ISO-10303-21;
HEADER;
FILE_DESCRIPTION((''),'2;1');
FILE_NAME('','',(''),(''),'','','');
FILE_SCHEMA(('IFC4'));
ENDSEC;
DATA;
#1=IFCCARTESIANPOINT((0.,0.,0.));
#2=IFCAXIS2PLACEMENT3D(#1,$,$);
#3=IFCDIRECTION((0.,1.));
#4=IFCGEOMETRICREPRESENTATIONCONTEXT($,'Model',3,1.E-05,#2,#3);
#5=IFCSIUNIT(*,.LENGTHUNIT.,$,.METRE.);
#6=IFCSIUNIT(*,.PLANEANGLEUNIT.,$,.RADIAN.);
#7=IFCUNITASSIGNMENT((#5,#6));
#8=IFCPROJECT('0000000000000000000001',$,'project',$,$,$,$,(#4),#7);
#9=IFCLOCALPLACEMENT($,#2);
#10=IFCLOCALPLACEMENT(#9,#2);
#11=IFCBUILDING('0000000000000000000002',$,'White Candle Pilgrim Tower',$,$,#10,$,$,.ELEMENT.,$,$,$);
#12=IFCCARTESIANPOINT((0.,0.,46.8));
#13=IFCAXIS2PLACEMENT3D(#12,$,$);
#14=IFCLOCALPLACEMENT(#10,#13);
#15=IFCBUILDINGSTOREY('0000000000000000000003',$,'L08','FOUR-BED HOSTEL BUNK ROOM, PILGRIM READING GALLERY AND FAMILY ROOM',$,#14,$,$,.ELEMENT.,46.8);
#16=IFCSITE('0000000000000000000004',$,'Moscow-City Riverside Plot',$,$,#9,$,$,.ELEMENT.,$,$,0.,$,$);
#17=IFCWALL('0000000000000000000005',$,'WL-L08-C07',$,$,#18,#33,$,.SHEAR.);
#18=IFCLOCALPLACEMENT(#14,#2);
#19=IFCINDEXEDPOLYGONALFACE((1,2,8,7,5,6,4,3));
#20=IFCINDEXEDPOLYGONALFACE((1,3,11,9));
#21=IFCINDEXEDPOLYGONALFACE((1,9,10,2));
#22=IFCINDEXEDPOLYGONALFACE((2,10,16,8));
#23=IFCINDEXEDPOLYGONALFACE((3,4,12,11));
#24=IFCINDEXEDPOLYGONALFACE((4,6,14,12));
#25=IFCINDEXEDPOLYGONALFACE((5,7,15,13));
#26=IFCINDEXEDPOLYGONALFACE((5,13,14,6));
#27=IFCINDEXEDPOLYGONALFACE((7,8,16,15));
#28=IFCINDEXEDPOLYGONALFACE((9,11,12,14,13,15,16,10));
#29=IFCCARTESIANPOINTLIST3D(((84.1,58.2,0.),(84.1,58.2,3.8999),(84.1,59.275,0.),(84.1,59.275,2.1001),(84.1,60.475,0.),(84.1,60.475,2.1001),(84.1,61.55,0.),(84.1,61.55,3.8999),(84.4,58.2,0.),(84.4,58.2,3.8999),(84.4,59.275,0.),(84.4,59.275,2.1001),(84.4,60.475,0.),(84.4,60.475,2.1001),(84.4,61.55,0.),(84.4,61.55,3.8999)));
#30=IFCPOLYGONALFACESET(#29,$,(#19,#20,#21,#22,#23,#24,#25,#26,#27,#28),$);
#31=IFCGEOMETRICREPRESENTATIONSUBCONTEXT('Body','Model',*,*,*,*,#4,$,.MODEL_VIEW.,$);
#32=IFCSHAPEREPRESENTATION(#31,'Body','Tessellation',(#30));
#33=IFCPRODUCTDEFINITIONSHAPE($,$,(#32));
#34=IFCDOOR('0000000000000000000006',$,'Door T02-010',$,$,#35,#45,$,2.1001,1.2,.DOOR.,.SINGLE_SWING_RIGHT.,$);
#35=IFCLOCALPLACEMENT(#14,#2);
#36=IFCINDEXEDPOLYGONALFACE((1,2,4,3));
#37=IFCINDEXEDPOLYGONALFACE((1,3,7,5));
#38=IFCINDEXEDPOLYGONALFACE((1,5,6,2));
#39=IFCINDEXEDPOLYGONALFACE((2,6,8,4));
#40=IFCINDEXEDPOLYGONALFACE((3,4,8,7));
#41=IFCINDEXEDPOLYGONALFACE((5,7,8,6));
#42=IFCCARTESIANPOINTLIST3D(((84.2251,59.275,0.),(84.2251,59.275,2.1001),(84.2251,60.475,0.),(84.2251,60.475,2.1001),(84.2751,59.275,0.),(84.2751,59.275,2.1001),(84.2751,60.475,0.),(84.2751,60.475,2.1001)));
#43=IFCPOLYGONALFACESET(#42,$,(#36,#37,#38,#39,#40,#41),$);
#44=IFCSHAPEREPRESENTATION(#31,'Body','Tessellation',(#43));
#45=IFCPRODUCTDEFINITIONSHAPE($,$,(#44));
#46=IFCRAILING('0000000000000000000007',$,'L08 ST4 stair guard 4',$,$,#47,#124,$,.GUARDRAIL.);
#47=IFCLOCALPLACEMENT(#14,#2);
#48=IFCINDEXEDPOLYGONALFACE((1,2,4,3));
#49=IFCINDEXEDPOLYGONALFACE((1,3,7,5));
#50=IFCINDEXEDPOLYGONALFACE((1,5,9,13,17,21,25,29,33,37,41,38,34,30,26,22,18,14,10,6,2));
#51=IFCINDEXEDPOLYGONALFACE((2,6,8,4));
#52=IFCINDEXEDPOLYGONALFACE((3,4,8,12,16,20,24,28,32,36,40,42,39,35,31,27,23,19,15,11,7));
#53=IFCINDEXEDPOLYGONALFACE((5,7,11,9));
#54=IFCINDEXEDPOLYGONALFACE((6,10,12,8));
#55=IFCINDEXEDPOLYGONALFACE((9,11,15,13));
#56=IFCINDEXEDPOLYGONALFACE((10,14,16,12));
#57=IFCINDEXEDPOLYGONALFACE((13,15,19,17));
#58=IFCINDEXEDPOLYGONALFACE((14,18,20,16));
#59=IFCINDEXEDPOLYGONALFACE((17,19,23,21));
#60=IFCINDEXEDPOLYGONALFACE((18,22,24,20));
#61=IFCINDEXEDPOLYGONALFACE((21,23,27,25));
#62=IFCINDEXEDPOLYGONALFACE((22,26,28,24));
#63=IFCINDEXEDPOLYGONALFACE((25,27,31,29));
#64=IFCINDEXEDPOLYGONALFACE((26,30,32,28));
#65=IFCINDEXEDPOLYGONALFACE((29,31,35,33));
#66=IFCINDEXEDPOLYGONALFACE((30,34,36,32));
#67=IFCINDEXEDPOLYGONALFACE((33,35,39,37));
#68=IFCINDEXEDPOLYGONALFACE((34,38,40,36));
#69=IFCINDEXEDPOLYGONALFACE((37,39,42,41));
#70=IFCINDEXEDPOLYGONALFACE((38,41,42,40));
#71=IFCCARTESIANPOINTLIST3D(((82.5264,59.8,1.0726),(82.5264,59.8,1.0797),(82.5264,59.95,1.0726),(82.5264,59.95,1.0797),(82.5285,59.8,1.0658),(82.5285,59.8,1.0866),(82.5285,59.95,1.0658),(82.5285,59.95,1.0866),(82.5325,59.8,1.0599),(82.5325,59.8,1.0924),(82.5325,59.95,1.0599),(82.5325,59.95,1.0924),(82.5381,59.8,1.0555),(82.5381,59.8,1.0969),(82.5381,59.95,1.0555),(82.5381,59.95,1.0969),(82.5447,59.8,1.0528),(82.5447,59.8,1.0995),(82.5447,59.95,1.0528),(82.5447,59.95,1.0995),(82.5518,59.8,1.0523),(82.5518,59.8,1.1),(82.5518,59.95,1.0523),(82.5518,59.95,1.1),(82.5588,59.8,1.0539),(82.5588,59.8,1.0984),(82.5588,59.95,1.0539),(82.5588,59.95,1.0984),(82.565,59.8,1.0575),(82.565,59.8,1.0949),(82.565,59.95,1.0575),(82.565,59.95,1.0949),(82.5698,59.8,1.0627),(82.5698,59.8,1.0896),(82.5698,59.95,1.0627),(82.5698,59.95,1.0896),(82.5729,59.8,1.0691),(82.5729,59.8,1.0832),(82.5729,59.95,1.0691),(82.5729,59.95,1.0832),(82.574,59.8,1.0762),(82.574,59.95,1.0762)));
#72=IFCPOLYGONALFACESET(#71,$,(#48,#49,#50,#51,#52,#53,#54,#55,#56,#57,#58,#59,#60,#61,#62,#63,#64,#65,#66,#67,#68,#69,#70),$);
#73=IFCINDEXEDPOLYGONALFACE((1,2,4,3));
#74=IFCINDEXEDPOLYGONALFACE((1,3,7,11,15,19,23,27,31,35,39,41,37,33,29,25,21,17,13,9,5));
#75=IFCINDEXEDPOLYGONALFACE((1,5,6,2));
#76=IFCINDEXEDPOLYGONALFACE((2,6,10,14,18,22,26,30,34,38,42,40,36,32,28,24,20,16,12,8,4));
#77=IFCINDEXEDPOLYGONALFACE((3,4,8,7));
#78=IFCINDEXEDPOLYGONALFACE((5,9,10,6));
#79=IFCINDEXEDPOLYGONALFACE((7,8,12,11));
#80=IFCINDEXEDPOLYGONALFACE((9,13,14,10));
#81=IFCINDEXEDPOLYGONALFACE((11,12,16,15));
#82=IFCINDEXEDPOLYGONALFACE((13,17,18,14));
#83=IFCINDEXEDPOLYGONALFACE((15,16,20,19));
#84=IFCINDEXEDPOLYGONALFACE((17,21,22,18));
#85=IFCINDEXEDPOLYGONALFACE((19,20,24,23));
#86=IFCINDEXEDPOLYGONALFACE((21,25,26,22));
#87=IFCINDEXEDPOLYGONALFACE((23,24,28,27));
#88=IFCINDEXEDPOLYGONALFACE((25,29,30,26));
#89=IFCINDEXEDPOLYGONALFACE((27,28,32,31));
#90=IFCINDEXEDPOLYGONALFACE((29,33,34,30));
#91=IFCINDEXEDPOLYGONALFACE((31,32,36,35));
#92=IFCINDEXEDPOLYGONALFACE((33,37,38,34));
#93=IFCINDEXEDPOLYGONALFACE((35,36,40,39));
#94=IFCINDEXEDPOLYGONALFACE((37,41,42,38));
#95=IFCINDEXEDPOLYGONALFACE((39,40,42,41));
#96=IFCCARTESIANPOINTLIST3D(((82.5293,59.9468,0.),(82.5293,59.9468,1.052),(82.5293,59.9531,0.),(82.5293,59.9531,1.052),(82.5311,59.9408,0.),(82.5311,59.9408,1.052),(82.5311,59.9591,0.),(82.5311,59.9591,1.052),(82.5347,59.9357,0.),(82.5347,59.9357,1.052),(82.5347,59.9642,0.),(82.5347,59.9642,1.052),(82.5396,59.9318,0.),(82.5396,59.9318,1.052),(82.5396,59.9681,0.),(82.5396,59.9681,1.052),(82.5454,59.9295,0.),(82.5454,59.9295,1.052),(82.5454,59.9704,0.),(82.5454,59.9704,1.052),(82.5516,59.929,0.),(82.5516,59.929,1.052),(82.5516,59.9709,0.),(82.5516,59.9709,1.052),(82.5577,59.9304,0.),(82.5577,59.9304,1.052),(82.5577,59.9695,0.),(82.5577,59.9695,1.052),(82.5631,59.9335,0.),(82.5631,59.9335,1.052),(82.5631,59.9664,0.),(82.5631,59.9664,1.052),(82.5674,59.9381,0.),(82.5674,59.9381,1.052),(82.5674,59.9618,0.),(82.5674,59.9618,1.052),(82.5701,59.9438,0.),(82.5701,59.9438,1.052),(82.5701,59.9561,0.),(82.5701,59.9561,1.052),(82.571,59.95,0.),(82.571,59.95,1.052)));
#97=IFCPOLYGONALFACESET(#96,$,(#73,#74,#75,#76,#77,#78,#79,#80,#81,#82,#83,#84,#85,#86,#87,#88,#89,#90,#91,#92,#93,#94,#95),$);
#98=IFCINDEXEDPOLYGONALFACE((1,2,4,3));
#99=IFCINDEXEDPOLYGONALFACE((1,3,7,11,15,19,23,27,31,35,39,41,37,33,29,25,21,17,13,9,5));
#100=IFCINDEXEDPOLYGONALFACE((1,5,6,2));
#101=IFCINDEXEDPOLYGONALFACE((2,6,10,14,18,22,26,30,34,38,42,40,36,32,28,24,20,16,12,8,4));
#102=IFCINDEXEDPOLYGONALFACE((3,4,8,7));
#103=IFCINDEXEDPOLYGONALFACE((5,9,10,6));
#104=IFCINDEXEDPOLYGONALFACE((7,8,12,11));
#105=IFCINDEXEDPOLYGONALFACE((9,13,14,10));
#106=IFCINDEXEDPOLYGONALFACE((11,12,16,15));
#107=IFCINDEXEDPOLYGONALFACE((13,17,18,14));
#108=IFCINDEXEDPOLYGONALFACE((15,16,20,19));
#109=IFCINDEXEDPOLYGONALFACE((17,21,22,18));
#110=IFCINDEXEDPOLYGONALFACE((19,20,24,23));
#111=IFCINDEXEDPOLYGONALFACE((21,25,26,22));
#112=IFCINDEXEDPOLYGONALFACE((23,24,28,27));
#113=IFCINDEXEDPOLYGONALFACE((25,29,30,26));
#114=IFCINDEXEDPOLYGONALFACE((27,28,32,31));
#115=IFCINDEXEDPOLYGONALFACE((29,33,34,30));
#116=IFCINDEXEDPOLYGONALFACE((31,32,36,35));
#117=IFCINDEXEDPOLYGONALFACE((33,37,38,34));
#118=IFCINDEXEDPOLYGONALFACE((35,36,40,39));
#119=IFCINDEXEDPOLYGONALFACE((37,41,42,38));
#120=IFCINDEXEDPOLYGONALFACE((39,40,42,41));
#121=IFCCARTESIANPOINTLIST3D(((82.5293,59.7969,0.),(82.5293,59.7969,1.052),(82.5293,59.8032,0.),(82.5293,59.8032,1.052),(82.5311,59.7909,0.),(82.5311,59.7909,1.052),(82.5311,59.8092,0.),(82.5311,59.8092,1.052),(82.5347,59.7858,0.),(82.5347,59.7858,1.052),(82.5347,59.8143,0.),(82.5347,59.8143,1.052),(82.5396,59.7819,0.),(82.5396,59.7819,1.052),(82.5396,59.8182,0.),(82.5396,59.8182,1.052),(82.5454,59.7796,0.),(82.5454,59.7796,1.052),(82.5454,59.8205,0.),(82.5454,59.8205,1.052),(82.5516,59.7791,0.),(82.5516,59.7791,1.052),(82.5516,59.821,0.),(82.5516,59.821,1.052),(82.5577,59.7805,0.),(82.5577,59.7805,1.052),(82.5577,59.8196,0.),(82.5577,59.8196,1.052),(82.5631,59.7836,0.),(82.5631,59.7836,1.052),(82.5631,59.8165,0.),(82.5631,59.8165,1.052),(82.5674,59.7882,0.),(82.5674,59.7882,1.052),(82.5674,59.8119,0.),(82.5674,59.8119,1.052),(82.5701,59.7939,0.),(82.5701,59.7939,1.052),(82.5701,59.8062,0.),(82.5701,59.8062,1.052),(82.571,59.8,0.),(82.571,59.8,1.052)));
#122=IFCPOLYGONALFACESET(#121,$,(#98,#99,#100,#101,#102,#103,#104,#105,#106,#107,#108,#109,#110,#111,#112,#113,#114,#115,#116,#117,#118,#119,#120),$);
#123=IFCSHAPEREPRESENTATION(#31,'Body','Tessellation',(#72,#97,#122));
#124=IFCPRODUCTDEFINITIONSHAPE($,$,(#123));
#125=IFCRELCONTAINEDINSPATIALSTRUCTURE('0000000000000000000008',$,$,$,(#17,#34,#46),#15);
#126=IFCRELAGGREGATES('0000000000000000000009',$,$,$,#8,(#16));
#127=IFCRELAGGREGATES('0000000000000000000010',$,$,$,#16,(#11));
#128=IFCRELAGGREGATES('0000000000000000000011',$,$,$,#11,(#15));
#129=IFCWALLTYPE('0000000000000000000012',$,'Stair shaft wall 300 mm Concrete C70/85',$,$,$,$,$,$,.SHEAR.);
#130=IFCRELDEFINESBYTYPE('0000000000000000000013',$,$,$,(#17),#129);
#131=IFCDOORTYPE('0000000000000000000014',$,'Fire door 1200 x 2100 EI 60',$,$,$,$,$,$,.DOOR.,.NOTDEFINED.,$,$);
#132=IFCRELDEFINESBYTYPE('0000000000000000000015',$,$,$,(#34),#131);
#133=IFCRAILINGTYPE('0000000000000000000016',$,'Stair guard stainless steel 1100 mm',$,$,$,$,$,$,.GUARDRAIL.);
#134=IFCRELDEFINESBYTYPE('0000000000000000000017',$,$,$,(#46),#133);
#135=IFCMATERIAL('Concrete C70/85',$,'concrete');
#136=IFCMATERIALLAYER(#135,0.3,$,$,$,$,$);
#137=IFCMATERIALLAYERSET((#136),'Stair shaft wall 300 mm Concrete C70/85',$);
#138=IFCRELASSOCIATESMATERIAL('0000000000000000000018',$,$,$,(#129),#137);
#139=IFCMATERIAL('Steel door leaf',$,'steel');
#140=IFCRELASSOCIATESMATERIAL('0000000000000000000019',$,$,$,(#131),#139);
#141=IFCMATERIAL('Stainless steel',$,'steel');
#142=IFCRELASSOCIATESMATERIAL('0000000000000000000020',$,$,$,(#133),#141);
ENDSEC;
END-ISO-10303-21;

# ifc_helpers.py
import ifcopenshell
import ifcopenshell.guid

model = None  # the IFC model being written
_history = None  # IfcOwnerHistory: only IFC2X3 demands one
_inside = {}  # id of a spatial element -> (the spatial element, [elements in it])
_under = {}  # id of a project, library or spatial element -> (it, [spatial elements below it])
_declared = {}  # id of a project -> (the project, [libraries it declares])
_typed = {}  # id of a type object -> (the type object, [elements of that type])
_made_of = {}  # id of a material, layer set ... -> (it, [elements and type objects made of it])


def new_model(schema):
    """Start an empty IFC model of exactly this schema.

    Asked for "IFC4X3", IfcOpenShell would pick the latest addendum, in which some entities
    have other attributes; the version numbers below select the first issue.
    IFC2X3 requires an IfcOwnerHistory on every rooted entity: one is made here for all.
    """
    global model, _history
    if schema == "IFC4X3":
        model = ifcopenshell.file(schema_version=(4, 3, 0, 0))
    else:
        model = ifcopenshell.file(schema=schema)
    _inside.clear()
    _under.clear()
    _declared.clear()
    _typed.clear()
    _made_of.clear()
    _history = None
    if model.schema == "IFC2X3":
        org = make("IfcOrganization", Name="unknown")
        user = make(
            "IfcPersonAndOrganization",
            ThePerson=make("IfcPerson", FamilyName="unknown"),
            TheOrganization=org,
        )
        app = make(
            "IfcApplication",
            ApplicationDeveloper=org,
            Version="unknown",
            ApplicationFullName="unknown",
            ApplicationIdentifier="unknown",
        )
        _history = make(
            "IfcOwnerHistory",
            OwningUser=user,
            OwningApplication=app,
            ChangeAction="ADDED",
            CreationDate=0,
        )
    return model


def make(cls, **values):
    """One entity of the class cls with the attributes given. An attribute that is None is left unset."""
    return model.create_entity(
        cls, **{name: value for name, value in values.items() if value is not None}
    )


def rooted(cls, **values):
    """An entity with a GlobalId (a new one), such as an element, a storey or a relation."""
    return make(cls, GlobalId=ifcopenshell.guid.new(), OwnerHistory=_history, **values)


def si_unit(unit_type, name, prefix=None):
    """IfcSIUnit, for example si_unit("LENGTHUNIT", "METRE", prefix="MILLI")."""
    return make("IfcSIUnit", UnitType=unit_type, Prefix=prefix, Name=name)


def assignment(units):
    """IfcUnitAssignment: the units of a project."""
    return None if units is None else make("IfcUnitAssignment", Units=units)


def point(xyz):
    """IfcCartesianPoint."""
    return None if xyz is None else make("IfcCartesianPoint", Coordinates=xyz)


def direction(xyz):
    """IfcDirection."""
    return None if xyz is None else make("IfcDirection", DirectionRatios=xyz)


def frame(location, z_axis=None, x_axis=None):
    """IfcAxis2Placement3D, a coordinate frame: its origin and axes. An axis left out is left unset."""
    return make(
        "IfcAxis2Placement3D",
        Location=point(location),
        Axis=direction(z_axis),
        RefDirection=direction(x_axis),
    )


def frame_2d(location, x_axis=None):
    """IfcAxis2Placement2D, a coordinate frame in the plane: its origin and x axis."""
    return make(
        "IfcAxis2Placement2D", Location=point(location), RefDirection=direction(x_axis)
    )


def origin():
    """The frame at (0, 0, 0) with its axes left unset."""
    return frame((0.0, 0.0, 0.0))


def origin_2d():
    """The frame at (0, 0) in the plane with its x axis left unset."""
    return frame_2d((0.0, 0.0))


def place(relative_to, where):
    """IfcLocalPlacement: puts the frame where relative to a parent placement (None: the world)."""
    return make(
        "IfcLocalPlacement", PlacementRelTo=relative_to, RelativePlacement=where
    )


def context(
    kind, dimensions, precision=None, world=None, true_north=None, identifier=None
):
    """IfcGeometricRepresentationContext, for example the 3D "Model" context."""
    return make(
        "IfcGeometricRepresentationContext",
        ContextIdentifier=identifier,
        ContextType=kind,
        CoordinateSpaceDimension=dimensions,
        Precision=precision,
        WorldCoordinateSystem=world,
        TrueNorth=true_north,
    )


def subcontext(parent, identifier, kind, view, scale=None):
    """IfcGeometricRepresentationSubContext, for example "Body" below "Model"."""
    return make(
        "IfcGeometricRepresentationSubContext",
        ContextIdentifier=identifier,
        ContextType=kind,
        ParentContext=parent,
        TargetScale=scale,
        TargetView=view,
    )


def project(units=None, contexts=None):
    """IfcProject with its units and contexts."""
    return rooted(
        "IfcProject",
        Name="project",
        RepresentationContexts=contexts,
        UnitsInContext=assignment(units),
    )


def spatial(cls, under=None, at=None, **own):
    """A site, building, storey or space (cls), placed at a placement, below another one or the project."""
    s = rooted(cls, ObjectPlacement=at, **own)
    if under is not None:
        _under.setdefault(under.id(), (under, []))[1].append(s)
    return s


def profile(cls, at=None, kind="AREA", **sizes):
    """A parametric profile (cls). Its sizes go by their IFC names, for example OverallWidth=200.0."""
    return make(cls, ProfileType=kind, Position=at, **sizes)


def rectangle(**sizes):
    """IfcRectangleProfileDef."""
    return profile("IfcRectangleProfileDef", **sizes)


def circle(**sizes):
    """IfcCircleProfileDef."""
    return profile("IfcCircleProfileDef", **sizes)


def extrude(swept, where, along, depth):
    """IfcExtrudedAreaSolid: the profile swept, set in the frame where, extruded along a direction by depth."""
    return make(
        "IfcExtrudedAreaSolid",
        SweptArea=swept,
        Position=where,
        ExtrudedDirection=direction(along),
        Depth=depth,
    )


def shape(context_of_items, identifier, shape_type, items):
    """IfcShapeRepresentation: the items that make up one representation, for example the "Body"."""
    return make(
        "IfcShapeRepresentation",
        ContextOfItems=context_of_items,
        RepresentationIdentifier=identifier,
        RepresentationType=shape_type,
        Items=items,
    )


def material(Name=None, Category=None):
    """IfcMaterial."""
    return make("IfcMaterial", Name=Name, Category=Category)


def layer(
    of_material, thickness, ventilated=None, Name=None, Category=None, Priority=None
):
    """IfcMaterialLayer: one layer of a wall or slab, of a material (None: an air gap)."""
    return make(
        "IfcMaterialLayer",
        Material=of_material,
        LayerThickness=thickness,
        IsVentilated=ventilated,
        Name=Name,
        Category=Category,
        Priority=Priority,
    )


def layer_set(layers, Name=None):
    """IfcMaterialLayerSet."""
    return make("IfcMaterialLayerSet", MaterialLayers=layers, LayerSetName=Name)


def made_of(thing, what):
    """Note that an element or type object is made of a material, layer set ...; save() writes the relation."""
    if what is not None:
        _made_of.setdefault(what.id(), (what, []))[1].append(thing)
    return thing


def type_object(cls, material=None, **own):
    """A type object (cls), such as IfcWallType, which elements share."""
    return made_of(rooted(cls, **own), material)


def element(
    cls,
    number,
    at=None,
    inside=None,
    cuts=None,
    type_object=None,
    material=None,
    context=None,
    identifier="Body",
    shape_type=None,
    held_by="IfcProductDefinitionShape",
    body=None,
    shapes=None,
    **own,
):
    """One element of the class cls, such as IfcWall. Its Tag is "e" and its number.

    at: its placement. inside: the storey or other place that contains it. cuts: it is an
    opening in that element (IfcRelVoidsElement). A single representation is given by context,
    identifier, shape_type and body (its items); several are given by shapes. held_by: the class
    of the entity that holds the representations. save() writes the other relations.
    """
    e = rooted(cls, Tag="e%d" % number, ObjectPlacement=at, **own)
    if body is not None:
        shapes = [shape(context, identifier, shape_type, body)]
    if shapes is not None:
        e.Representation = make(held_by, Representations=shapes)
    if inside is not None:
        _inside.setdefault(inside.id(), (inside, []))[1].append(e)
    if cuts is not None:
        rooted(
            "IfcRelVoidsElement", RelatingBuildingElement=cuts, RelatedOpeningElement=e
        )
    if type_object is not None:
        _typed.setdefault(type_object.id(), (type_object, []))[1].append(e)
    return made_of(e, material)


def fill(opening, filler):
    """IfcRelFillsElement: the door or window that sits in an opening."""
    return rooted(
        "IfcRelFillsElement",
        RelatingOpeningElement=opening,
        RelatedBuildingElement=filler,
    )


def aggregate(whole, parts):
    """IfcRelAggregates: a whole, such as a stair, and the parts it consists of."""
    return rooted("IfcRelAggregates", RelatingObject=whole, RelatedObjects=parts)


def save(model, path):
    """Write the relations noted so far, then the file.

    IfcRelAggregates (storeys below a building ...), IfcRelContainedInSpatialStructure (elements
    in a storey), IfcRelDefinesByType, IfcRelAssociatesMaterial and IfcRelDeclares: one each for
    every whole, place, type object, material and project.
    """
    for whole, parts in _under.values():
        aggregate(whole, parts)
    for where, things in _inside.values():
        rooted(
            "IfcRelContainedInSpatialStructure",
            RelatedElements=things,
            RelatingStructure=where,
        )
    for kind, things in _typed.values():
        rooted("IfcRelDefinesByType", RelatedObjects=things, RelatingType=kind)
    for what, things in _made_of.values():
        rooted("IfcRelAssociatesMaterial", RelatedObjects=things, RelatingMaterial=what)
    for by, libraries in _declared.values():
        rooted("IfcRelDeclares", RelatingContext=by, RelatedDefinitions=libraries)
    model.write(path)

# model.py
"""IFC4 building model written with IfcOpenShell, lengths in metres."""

from ifc_helpers import new_model, si_unit, direction, frame, frame_2d, origin, origin_2d, place, context, subcontext, project, spatial, rectangle, circle, extrude, material, layer, layer_set, type_object, element, fill, save


model = new_model("IFC4")

# Units and contexts
model_context = context("Model", 3, precision=1e-05, world=origin(), true_north=direction((0.0, 1.0)))
body_context = subcontext(model_context, "Body", "Model", "MODEL_VIEW")
ifc_project = project(units=[si_unit("LENGTHUNIT", "METRE"), si_unit("PLANEANGLEUNIT", "RADIAN")], contexts=[model_context])

# Site, building, storey
site_placement = place(None, origin())
site = spatial("IfcSite", under=ifc_project, at=site_placement, Name="Moscow-City Riverside Plot", CompositionType="ELEMENT", RefElevation=0.0)
building_placement = place(site_placement, origin())
building = spatial("IfcBuilding", under=site, at=building_placement, Name="White Candle Pilgrim Tower", CompositionType="ELEMENT")
storey_placement = place(building_placement, frame((0.0, 0.0, 46.8)))
storey = spatial("IfcBuildingStorey", under=building, at=storey_placement, Name="L08", Description="FOUR-BED HOSTEL BUNK ROOM, PILGRIM READING GALLERY AND FAMILY ROOM", CompositionType="ELEMENT", Elevation=46.8)

# Shared definitions
ifc_material_1 = material(Name="Concrete C70/85", Category="concrete")

# Shared definitions
ifc_material_2 = material(Name="Steel door leaf", Category="steel")

# Wall, opening, door
ifc_layer_1 = layer(ifc_material_1, 0.3)
ifc_layer_set_1 = layer_set([ifc_layer_1], Name="Stair shaft wall 300 mm Concrete C70/85")
wall_type_1 = type_object("IfcWallType", Name="Stair shaft wall 300 mm Concrete C70/85", PredefinedType="SHEAR", material=ifc_layer_set_1)
wall_1_placement = place(storey_placement, frame((84.25, 58.2, 0.0), z_axis=(0.0, 0.0, 1.0), x_axis=(0.0, 1.0, 0.0)))
wall_1 = element("IfcWall", 1, at=wall_1_placement, inside=storey, type_object=wall_type_1, Name="WL-L08-C07", PredefinedType="SHEAR", context=body_context, shape_type="SweptSolid", body=[
    extrude(rectangle(XDim=3.3501, YDim=0.3, at=frame_2d((1.675, 0.0))), origin(), (0.0, 0.0, 1.0), 3.8999),
])
opening_1_placement = place(wall_1_placement, frame((1.075, 0.0, 0.0)))
opening_1 = element("IfcOpeningElement", 2, at=opening_1_placement, cuts=wall_1, PredefinedType="OPENING", context=body_context, shape_type="SweptSolid", body=[
    extrude(rectangle(XDim=1.2, YDim=2.1001, at=frame_2d((0.6001, 1.05))), frame((0.0, 0.1599, 0.0), z_axis=(0.0, -1.0, 0.0), x_axis=(1.0, 0.0, 0.0)), (0.0, 0.0, 1.0), 0.3201),
])
door_type_1 = type_object("IfcDoorType", Name="Fire door 1200 x 2100 EI 60", OperationType="NOTDEFINED", PredefinedType="DOOR", material=ifc_material_2)
door_1_placement = place(opening_1_placement, origin())
door_1 = element("IfcDoor", 3, at=door_1_placement, inside=storey, type_object=door_type_1, Name="Door T02-010", OperationType="SINGLE_SWING_RIGHT", OverallHeight=2.1001, OverallWidth=1.2, PredefinedType="DOOR", context=body_context, shape_type="SweptSolid", body=[
    extrude(rectangle(XDim=1.2, YDim=2.1001, at=frame_2d((0.6001, 1.05))), frame((0.0, 0.0249, 0.0), z_axis=(0.0, -1.0, 0.0), x_axis=(1.0, 0.0, 0.0)), (0.0, 0.0, 1.0), 0.05),
])
fill(opening_1, door_1)

# Railing
ifc_material_3 = material(Name="Stainless steel", Category="steel")
railing_type = type_object("IfcRailingType", Name="Stair guard stainless steel 1100 mm", PredefinedType="GUARDRAIL", material=ifc_material_3)
railing_placement = place(storey_placement, frame((82.55, 59.95, 0.0)))
element("IfcRailing", 4, at=railing_placement, inside=storey, type_object=railing_type, Name="L08 ST4 stair guard 4", PredefinedType="GUARDRAIL", context=body_context, shape_type="SweptSolid", body=[
    extrude(circle(Radius=0.0239, at=origin_2d()), frame((0.0, 0.0, 1.0762), z_axis=(0.0, -1.0, 0.0), x_axis=(1.0, 0.0, 0.0)), (0.0, 0.0, 1.0), 0.1499),
    extrude(circle(Radius=0.021, at=origin_2d()), origin(), (0.0, 0.0, 1.0), 1.052),
    extrude(circle(Radius=0.021, at=origin_2d()), frame((0.0, -0.1499, 0.0)), (0.0, 0.0, 1.0), 1.052),
])

save(model, "model.ifc")
